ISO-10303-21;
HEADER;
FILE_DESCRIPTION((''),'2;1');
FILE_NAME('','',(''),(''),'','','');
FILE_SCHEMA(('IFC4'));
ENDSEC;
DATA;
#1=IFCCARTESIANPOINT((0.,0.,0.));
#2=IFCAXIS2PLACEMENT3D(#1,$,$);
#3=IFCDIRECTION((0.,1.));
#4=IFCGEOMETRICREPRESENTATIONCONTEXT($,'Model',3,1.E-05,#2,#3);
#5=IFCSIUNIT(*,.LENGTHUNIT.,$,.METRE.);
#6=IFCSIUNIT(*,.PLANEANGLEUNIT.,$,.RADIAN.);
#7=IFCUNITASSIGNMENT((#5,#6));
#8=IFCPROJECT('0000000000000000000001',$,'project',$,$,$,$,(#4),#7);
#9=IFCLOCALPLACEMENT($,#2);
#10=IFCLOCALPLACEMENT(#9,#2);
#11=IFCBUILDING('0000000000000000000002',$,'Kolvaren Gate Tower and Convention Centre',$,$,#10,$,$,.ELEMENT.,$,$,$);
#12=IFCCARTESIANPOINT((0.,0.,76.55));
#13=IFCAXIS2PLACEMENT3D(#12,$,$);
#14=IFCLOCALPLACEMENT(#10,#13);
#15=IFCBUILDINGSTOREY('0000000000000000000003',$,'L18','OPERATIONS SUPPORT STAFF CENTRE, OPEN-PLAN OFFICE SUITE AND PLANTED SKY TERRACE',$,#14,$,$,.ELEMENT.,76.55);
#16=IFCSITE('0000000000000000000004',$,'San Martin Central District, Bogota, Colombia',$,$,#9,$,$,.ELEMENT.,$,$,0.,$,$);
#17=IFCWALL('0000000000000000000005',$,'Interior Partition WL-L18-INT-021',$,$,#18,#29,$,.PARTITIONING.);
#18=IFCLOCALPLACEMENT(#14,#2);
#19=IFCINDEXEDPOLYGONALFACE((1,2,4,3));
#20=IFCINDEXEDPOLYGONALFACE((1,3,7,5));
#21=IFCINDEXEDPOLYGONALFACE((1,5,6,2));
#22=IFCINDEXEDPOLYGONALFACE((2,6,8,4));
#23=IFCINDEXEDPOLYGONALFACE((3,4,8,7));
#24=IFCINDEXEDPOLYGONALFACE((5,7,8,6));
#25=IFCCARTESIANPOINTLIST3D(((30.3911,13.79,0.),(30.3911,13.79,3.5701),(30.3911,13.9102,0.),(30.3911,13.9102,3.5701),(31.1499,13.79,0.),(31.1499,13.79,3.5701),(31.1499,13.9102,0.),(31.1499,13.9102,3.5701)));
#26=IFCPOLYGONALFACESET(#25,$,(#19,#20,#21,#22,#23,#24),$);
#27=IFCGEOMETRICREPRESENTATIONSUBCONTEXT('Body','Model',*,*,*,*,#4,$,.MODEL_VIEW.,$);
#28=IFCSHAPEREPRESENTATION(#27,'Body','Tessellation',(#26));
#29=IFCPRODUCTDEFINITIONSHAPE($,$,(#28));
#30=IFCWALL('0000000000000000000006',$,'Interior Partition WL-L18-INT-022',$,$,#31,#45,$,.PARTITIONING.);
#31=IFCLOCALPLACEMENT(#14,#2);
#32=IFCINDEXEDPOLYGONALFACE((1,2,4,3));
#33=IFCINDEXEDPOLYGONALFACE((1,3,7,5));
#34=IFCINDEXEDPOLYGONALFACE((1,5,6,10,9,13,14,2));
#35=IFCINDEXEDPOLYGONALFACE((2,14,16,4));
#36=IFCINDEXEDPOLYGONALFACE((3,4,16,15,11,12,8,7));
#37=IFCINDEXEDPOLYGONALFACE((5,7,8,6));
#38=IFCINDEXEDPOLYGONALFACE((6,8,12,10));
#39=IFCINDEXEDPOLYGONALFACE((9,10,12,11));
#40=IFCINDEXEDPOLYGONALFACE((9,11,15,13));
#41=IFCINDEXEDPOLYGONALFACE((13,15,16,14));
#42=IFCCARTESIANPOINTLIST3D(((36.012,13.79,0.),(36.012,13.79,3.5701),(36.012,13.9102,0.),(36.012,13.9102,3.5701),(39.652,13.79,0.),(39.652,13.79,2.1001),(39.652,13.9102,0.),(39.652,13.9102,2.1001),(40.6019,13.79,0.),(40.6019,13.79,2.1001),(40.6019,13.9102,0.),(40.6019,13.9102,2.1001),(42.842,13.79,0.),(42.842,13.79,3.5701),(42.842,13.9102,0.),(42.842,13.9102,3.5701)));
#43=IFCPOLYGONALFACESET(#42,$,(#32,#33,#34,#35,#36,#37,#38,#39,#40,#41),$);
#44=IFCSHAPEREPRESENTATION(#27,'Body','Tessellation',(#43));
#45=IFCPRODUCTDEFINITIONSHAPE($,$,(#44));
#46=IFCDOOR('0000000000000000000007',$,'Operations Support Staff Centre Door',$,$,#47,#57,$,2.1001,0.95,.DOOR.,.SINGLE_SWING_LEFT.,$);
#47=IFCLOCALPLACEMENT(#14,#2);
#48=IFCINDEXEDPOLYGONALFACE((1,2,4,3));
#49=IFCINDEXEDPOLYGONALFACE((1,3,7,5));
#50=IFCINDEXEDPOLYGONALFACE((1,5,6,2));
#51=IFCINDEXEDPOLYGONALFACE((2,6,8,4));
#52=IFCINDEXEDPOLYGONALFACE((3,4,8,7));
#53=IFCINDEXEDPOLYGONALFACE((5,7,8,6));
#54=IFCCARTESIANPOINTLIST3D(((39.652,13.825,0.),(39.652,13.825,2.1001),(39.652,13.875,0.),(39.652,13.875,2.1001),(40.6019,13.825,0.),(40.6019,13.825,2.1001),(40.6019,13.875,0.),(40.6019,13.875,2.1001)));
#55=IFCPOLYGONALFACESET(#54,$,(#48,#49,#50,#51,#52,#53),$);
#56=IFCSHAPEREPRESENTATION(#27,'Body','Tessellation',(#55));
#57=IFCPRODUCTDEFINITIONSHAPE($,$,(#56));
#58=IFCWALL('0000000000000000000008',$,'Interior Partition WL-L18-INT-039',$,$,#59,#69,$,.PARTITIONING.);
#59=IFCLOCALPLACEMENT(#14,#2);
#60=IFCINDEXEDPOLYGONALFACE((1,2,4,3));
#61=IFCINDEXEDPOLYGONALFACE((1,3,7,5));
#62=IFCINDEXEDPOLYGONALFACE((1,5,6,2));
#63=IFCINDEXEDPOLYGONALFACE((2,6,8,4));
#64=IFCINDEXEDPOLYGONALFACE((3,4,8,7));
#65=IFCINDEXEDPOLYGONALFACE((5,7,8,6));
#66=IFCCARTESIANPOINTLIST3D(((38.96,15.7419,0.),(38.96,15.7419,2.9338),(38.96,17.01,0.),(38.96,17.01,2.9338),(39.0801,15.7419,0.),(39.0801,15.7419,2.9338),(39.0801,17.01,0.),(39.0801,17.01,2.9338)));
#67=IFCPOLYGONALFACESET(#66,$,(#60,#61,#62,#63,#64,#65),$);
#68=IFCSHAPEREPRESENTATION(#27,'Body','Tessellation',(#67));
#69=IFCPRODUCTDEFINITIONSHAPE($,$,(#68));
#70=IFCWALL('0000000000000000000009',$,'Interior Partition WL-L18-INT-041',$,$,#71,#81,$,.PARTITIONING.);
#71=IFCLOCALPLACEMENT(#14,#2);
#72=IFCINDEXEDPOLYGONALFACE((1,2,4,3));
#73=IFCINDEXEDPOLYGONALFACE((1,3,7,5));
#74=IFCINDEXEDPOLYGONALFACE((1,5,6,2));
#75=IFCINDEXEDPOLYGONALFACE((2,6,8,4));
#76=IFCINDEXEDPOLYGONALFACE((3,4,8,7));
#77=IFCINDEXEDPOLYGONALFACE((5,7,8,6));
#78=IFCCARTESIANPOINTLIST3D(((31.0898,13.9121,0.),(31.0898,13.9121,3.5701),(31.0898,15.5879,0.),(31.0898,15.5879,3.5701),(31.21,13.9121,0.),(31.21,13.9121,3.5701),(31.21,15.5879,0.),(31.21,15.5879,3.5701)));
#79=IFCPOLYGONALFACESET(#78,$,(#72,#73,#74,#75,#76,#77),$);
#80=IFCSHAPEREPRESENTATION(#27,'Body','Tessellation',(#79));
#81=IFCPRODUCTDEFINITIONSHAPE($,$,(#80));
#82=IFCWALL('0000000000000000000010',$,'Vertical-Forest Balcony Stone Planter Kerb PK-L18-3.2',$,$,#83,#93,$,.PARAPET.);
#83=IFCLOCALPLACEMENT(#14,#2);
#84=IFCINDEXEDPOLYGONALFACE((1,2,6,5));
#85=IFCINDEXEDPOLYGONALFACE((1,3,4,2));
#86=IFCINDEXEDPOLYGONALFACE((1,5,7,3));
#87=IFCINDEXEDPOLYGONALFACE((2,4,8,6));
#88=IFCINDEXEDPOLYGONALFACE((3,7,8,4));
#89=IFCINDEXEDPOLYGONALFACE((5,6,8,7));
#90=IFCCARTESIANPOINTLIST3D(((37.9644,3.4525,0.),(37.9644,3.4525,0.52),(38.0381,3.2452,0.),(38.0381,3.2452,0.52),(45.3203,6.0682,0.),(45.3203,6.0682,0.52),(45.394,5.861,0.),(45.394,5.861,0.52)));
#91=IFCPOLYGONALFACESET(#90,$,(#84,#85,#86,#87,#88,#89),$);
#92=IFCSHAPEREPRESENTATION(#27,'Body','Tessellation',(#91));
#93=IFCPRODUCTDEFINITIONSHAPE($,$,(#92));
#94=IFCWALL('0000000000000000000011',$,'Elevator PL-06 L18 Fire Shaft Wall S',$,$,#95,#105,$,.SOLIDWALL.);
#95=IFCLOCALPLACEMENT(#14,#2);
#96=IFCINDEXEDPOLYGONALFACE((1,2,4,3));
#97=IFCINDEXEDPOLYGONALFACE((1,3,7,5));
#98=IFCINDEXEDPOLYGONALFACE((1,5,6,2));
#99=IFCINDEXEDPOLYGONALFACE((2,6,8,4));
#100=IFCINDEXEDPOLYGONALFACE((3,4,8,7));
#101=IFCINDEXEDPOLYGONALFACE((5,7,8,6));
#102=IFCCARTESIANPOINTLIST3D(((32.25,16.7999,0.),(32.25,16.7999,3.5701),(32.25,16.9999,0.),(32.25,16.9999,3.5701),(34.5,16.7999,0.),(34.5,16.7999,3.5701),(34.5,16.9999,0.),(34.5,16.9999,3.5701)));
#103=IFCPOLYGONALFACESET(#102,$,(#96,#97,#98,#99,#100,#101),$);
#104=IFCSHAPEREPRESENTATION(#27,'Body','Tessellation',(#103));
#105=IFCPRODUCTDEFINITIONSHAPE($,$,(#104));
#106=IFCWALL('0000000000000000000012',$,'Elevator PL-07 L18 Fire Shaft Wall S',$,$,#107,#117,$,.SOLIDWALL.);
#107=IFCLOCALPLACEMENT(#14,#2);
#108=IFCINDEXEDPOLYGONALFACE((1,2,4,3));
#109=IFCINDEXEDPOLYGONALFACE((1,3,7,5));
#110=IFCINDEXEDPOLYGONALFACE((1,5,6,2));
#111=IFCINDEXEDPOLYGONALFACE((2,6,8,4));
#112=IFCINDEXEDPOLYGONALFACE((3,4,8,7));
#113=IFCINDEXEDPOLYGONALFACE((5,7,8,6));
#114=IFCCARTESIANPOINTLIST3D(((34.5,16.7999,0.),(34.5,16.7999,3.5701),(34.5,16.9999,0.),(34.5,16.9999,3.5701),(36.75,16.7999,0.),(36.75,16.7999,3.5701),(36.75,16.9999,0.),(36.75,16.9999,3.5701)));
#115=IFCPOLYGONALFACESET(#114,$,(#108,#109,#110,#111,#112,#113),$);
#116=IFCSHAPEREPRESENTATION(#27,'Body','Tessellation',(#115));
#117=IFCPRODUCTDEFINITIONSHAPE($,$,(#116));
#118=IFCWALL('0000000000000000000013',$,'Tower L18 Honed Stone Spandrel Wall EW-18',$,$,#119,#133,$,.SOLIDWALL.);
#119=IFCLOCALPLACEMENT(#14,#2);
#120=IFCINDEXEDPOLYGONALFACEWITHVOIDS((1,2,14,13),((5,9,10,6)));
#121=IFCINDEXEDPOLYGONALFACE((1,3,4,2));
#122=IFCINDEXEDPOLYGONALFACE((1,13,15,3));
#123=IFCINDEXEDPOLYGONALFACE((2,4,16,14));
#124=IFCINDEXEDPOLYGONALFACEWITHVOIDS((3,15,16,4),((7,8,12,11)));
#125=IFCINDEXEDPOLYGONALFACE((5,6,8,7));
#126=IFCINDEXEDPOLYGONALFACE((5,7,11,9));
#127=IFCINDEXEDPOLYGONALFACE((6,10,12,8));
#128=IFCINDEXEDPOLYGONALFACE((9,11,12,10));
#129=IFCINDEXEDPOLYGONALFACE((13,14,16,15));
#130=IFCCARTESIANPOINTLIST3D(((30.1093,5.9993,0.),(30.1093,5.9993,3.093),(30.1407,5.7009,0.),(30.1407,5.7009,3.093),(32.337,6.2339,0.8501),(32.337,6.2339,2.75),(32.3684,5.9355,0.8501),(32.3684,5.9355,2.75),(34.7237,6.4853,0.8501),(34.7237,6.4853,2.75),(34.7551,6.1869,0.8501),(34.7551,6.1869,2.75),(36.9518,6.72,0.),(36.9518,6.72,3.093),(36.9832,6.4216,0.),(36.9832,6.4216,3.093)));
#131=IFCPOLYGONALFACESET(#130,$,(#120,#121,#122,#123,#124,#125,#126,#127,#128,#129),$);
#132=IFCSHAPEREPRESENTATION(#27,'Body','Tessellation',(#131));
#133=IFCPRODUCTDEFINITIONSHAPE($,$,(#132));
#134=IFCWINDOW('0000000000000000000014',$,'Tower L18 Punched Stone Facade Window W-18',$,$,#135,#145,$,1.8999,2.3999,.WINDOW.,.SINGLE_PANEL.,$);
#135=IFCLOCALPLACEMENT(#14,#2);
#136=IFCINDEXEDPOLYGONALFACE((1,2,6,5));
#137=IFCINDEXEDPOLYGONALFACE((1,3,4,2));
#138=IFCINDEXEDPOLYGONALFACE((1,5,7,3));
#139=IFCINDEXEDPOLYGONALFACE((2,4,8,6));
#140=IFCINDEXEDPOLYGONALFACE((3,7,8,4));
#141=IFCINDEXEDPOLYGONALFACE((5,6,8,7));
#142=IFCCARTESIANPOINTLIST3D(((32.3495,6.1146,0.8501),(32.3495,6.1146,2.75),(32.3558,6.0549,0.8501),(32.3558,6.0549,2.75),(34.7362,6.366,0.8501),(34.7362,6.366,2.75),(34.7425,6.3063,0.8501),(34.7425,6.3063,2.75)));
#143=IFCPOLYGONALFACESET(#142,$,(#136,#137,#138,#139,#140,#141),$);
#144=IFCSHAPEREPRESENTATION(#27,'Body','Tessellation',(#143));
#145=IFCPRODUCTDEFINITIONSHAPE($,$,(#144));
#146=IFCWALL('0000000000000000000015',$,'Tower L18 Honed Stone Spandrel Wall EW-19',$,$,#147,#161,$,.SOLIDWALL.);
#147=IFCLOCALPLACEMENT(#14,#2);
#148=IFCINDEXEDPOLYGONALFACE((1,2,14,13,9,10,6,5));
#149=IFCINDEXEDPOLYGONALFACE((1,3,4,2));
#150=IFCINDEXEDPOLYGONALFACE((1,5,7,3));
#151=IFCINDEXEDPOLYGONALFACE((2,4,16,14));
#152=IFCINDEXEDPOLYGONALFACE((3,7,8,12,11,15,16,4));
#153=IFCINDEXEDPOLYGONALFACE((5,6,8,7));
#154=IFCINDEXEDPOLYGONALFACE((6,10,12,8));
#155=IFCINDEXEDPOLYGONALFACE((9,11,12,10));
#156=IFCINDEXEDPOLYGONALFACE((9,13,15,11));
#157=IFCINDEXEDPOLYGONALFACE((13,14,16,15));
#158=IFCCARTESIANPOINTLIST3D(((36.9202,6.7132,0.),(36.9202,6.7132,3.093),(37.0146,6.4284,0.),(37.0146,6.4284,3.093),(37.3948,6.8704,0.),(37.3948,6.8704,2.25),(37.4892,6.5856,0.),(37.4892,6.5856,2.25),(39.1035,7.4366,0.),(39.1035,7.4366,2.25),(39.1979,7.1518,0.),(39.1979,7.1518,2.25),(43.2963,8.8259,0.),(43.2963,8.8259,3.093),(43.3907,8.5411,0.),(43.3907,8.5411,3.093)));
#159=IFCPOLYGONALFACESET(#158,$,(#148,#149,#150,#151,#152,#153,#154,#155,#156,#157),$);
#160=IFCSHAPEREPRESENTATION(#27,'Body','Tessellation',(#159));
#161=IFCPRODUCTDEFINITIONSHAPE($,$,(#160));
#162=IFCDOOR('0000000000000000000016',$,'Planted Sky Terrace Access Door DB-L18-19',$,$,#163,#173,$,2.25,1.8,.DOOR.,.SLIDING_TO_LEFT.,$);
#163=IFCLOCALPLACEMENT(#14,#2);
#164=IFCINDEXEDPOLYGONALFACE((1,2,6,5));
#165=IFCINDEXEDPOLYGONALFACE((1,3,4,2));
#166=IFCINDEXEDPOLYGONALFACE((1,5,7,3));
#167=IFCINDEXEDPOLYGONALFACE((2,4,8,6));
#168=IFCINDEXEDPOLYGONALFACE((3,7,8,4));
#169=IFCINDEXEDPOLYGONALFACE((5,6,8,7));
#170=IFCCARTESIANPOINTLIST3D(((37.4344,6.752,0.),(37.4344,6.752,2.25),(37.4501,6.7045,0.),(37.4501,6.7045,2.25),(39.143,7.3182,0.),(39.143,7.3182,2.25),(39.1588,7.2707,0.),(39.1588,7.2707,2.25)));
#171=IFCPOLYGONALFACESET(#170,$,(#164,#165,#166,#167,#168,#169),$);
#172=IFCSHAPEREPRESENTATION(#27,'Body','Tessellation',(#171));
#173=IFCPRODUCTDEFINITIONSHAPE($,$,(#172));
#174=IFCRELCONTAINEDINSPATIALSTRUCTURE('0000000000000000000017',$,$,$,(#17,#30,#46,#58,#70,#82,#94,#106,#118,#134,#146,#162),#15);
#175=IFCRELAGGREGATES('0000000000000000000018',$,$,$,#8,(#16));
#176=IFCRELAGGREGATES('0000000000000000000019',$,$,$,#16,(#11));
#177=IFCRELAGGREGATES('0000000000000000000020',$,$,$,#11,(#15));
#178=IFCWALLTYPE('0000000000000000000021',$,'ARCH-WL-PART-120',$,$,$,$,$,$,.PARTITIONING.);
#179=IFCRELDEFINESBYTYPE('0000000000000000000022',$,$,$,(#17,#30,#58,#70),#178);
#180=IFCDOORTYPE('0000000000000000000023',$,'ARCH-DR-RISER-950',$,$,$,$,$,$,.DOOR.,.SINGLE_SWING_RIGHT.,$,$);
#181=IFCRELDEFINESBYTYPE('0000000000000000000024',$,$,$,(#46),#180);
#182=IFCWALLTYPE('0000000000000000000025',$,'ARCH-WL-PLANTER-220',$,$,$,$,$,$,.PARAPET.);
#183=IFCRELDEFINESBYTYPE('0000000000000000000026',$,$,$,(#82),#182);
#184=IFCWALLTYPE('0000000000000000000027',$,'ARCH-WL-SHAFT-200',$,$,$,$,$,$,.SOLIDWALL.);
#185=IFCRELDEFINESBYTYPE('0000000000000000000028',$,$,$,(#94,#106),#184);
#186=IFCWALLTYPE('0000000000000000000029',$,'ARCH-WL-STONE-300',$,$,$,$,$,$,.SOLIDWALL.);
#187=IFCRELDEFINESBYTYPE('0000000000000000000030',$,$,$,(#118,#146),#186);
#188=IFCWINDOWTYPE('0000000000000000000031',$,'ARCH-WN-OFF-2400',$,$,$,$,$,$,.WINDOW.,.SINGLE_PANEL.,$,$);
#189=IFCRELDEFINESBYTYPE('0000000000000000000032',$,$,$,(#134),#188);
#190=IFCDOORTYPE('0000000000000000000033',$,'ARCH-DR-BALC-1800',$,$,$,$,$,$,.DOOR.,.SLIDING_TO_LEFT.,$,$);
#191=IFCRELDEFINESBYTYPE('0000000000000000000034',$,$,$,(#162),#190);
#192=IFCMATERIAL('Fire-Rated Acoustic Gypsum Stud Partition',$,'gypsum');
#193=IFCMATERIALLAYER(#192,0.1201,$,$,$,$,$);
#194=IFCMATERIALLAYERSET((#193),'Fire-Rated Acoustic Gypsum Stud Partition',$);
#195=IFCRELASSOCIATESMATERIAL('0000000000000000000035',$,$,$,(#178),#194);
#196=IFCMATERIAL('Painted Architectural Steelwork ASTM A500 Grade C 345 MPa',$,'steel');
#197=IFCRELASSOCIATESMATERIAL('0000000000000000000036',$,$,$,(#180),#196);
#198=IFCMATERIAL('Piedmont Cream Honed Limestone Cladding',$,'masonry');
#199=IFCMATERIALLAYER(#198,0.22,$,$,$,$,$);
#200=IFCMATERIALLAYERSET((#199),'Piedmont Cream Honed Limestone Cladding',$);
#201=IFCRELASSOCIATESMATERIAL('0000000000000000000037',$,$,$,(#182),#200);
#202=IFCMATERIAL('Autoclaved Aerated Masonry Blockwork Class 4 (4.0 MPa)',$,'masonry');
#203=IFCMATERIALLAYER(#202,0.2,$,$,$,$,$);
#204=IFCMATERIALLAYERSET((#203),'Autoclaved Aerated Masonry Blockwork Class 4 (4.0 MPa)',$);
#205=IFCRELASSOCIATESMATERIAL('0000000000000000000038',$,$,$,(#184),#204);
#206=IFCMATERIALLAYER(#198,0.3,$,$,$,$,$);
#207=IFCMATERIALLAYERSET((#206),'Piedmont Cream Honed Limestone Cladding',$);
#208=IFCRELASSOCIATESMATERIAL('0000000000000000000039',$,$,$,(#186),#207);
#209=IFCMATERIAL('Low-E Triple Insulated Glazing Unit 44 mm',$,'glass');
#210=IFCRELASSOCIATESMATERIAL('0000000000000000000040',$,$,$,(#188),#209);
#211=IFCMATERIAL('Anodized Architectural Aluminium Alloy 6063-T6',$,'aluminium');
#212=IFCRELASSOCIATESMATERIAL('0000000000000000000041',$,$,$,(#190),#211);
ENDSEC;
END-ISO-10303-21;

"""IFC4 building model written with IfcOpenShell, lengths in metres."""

from ifc_helpers import new_model, si_unit, direction, frame, frame_2d, origin, place, context, subcontext, project, spatial, rectangle, extrude, material, layer, layer_set, type_object, element, fill, save


model = new_model("IFC4")

# Units and contexts
model_context = context("Model", 3, precision=1e-05, world=origin(), true_north=direction((0.0, 1.0)))
body_context = subcontext(model_context, "Body", "Model", "MODEL_VIEW")
ifc_project = project(units=[si_unit("LENGTHUNIT", "METRE"), si_unit("PLANEANGLEUNIT", "RADIAN")], contexts=[model_context])

# Site, building, storey
site_placement = place(None, origin())
site = spatial("IfcSite", under=ifc_project, at=site_placement, Name="San Martin Central District, Bogota, Colombia", CompositionType="ELEMENT", RefElevation=0.0)
building_placement = place(site_placement, origin())
building = spatial("IfcBuilding", under=site, at=building_placement, Name="Kolvaren Gate Tower and Convention Centre", CompositionType="ELEMENT")
storey_placement = place(building_placement, frame((0.0, 0.0, 76.55)))
storey = spatial("IfcBuildingStorey", under=building, at=storey_placement, Name="L18", Description="OPERATIONS SUPPORT STAFF CENTRE, OPEN-PLAN OFFICE SUITE AND PLANTED SKY TERRACE", CompositionType="ELEMENT", Elevation=76.55)

# Wall
ifc_material_1 = material(Name="Fire-Rated Acoustic Gypsum Stud Partition", Category="gypsum")
ifc_layer_1 = layer(ifc_material_1, 0.1201)
ifc_layer_set_1 = layer_set([ifc_layer_1], Name="Fire-Rated Acoustic Gypsum Stud Partition")
wall_type_1 = type_object("IfcWallType", Name="ARCH-WL-PART-120", PredefinedType="PARTITIONING", material=ifc_layer_set_1)
wall_1_placement = place(storey_placement, frame((30.3911, 13.8501, 0.0), z_axis=(0.0, 0.0, 1.0), x_axis=(1.0, 0.0, 0.0)))
element("IfcWall", 1, at=wall_1_placement, inside=storey, type_object=wall_type_1, Name="Interior Partition WL-L18-INT-021", PredefinedType="PARTITIONING", context=body_context, shape_type="SweptSolid", body=[
    extrude(rectangle(XDim=0.7588, YDim=0.1201, at=frame_2d((0.3794, 0.0))), origin(), (0.0, 0.0, 1.0), 3.5701),
])

# Wall, opening, door
wall_2_placement = place(storey_placement, frame((36.012, 13.8501, 0.0), z_axis=(0.0, 0.0, 1.0), x_axis=(1.0, 0.0, 0.0)))
wall_2 = element("IfcWall", 2, at=wall_2_placement, inside=storey, type_object=wall_type_1, Name="Interior Partition WL-L18-INT-022", PredefinedType="PARTITIONING", context=body_context, shape_type="SweptSolid", body=[
    extrude(rectangle(XDim=6.8301, YDim=0.1201, at=frame_2d((3.415, 0.0))), origin(), (0.0, 0.0, 1.0), 3.5701),
])
opening_1_placement = place(wall_2_placement, frame((3.6399, 0.0, 0.0)))
opening_1 = element("IfcOpeningElement", 3, at=opening_1_placement, cuts=wall_2, PredefinedType="OPENING", context=body_context, shape_type="SweptSolid", body=[
    extrude(rectangle(XDim=0.95, YDim=2.1001, at=frame_2d((0.4751, 1.05))), frame((0.0, 0.0701, 0.0), z_axis=(0.0, -1.0, 0.0), x_axis=(1.0, 0.0, 0.0)), (0.0, 0.0, 1.0), 0.1401),
])
ifc_material_2 = material(Name="Painted Architectural Steelwork ASTM A500 Grade C 345 MPa", Category="steel")
door_type_1 = type_object("IfcDoorType", Name="ARCH-DR-RISER-950", OperationType="SINGLE_SWING_RIGHT", PredefinedType="DOOR", material=ifc_material_2)
door_1_placement = place(opening_1_placement, origin())
door_1 = element("IfcDoor", 4, at=door_1_placement, inside=storey, type_object=door_type_1, Name="Operations Support Staff Centre Door", OperationType="SINGLE_SWING_LEFT", OverallHeight=2.1001, OverallWidth=0.95, PredefinedType="DOOR", context=body_context, shape_type="SweptSolid", body=[
    extrude(rectangle(XDim=0.95, YDim=2.1001, at=frame_2d((0.4751, 1.05))), frame((0.0, 0.0249, 0.0), z_axis=(0.0, -1.0, 0.0), x_axis=(1.0, 0.0, 0.0)), (0.0, 0.0, 1.0), 0.05),
])
fill(opening_1, door_1)

# Walls
wall_3_placement = place(storey_placement, frame((39.02, 15.7419, 0.0), z_axis=(0.0, 0.0, 1.0), x_axis=(0.0, 1.0, 0.0)))
element("IfcWall", 5, at=wall_3_placement, inside=storey, type_object=wall_type_1, Name="Interior Partition WL-L18-INT-039", PredefinedType="PARTITIONING", context=body_context, shape_type="SweptSolid", body=[
    extrude(rectangle(XDim=1.2681, YDim=0.1201, at=frame_2d((0.634, 0.0))), origin(), (0.0, 0.0, 1.0), 2.9338),
])
wall_4_placement = place(storey_placement, frame((31.1499, 13.9121, 0.0), z_axis=(0.0, 0.0, 1.0), x_axis=(0.0, 1.0, 0.0)))
element("IfcWall", 6, at=wall_4_placement, inside=storey, type_object=wall_type_1, Name="Interior Partition WL-L18-INT-041", PredefinedType="PARTITIONING", context=body_context, shape_type="SweptSolid", body=[
    extrude(rectangle(XDim=1.6758, YDim=0.1201, at=frame_2d((0.8379, 0.0))), origin(), (0.0, 0.0, 1.0), 3.5701),
])
ifc_material_3 = material(Name="Piedmont Cream Honed Limestone Cladding", Category="masonry")
ifc_layer_2 = layer(ifc_material_3, 0.22)
ifc_layer_set_2 = layer_set([ifc_layer_2], Name="Piedmont Cream Honed Limestone Cladding")
wall_type_2 = type_object("IfcWallType", Name="ARCH-WL-PLANTER-220", PredefinedType="PARAPET", material=ifc_layer_set_2)
wall_5_placement = place(storey_placement, frame((38.0012, 3.3489, 0.0), z_axis=(0.0, 0.0, 1.0), x_axis=(0.942204, 0.335041, 0.0)))
element("IfcWall", 7, at=wall_5_placement, inside=storey, type_object=wall_type_2, Name="Vertical-Forest Balcony Stone Planter Kerb PK-L18-3.2", PredefinedType="PARAPET", context=body_context, shape_type="SweptSolid", body=[
    extrude(rectangle(XDim=7.8071, YDim=0.22, at=frame_2d((3.9036, 0.0))), origin(), (0.0, 0.0, 1.0), 0.52),
])
ifc_material_4 = material(Name="Autoclaved Aerated Masonry Blockwork Class 4 (4.0 MPa)", Category="masonry")
ifc_layer_3 = layer(ifc_material_4, 0.2)
ifc_layer_set_3 = layer_set([ifc_layer_3], Name="Autoclaved Aerated Masonry Blockwork Class 4 (4.0 MPa)")
wall_type_3 = type_object("IfcWallType", Name="ARCH-WL-SHAFT-200", PredefinedType="SOLIDWALL", material=ifc_layer_set_3)
for number, where, z_axis, x_axis, name in (
    (8, (32.25, 16.8999, 0.0), (0.0, 0.0, 1.0), (1.0, 0.0, 0.0), "Elevator PL-06 L18 Fire Shaft Wall S"),
    (9, (34.5, 16.8999, 0.0), (0.0, 0.0, 1.0), (1.0, 0.0, 0.0), "Elevator PL-07 L18 Fire Shaft Wall S"),
):
    element("IfcWall", number, at=place(storey_placement, frame(where, z_axis=z_axis, x_axis=x_axis)), inside=storey, type_object=wall_type_3, Name=name, PredefinedType="SOLIDWALL", context=body_context, shape_type="SweptSolid", body=[
        extrude(rectangle(XDim=2.25, YDim=0.2, at=frame_2d((1.125, 0.0))), origin(), (0.0, 0.0, 1.0), 3.5701),
    ])

# Wall, opening, window
ifc_layer_4 = layer(ifc_material_3, 0.3)
ifc_layer_set_4 = layer_set([ifc_layer_4], Name="Piedmont Cream Honed Limestone Cladding")
wall_type_4 = type_object("IfcWallType", Name="ARCH-WL-STONE-300", PredefinedType="SOLIDWALL", material=ifc_layer_set_4)
wall_6_placement = place(storey_placement, frame((30.125, 5.8501, 0.0), z_axis=(0.0, 0.0, 1.0), x_axis=(0.994499, 0.104748, 0.0)))
wall_6 = element("IfcWall", 10, at=wall_6_placement, inside=storey, type_object=wall_type_4, Name="Tower L18 Honed Stone Spandrel Wall EW-18", PredefinedType="SOLIDWALL", context=body_context, shape_type="SweptSolid", body=[
    extrude(rectangle(XDim=6.8804, YDim=0.3, at=frame_2d((3.4402, 0.0))), origin(), (0.0, 0.0, 1.0), 3.093),
])
opening_2_placement = place(wall_6_placement, frame((2.24, 0.0, 0.8501)))
opening_2 = element("IfcOpeningElement", 11, at=opening_2_placement, cuts=wall_6, PredefinedType="OPENING", context=body_context, shape_type="SweptSolid", body=[
    extrude(rectangle(XDim=2.3999, YDim=1.8999, at=frame_2d((1.2, 0.95))), frame((0.0, 0.1599, 0.0), z_axis=(0.0, -1.0, 0.0), x_axis=(1.0, 0.0, 0.0)), (0.0, 0.0, 1.0), 0.3201),
])
ifc_material_5 = material(Name="Low-E Triple Insulated Glazing Unit 44 mm", Category="glass")
window_type = type_object("IfcWindowType", Name="ARCH-WN-OFF-2400", PartitioningType="SINGLE_PANEL", PredefinedType="WINDOW", material=ifc_material_5)
window_placement = place(opening_2_placement, origin())
window = element("IfcWindow", 12, at=window_placement, inside=storey, type_object=window_type, Name="Tower L18 Punched Stone Facade Window W-18", OverallHeight=1.8999, OverallWidth=2.3999, PartitioningType="SINGLE_PANEL", PredefinedType="WINDOW", context=body_context, shape_type="SweptSolid", body=[
    extrude(rectangle(XDim=2.3999, YDim=1.8999, at=frame_2d((1.2, 0.95))), frame((0.0, 0.03, 0.0), z_axis=(0.0, -1.0, 0.0), x_axis=(1.0, 0.0, 0.0)), (0.0, 0.0, 1.0), 0.0601),
])
fill(opening_2, window)

# Wall, opening, door
wall_7_placement = place(storey_placement, frame((36.9675, 6.5708, 0.0), z_axis=(0.0, 0.0, 1.0), x_axis=(0.949245, 0.314537, 0.0)))
wall_7 = element("IfcWall", 13, at=wall_7_placement, inside=storey, type_object=wall_type_4, Name="Tower L18 Honed Stone Spandrel Wall EW-19", PredefinedType="SOLIDWALL", context=body_context, shape_type="SweptSolid", body=[
    extrude(rectangle(XDim=6.717, YDim=0.3, at=frame_2d((3.3584, 0.0))), origin(), (0.0, 0.0, 1.0), 3.093),
])
opening_3_placement = place(wall_7_placement, frame((0.5, 0.0, 0.0)))
opening_3 = element("IfcOpeningElement", 14, at=opening_3_placement, cuts=wall_7, PredefinedType="OPENING", context=body_context, shape_type="SweptSolid", body=[
    extrude(rectangle(XDim=1.8, YDim=2.25, at=frame_2d((0.8999, 1.125))), frame((0.0, 0.1599, 0.0), z_axis=(0.0, -1.0, 0.0), x_axis=(1.0, 0.0, 0.0)), (0.0, 0.0, 1.0), 0.3201),
])
ifc_material_6 = material(Name="Anodized Architectural Aluminium Alloy 6063-T6", Category="aluminium")
door_type_2 = type_object("IfcDoorType", Name="ARCH-DR-BALC-1800", OperationType="SLIDING_TO_LEFT", PredefinedType="DOOR", material=ifc_material_6)
door_2_placement = place(opening_3_placement, frame((1.8, 0.0, 0.0), z_axis=(0.0, 0.0, 1.0), x_axis=(-1.0, 0.0, 0.0)))
door_2 = element("IfcDoor", 15, at=door_2_placement, inside=storey, type_object=door_type_2, Name="Planted Sky Terrace Access Door DB-L18-19", OperationType="SLIDING_TO_LEFT", OverallHeight=2.25, OverallWidth=1.8, PredefinedType="DOOR", context=body_context, shape_type="SweptSolid", body=[
    extrude(rectangle(XDim=1.8, YDim=2.25, at=frame_2d((0.8999, 1.125))), frame((0.0, 0.0249, 0.0), z_axis=(0.0, -1.0, 0.0), x_axis=(1.0, 0.0, 0.0)), (0.0, 0.0, 1.0), 0.05),
])
fill(opening_3, door_2)

save(model, "model.ifc")
